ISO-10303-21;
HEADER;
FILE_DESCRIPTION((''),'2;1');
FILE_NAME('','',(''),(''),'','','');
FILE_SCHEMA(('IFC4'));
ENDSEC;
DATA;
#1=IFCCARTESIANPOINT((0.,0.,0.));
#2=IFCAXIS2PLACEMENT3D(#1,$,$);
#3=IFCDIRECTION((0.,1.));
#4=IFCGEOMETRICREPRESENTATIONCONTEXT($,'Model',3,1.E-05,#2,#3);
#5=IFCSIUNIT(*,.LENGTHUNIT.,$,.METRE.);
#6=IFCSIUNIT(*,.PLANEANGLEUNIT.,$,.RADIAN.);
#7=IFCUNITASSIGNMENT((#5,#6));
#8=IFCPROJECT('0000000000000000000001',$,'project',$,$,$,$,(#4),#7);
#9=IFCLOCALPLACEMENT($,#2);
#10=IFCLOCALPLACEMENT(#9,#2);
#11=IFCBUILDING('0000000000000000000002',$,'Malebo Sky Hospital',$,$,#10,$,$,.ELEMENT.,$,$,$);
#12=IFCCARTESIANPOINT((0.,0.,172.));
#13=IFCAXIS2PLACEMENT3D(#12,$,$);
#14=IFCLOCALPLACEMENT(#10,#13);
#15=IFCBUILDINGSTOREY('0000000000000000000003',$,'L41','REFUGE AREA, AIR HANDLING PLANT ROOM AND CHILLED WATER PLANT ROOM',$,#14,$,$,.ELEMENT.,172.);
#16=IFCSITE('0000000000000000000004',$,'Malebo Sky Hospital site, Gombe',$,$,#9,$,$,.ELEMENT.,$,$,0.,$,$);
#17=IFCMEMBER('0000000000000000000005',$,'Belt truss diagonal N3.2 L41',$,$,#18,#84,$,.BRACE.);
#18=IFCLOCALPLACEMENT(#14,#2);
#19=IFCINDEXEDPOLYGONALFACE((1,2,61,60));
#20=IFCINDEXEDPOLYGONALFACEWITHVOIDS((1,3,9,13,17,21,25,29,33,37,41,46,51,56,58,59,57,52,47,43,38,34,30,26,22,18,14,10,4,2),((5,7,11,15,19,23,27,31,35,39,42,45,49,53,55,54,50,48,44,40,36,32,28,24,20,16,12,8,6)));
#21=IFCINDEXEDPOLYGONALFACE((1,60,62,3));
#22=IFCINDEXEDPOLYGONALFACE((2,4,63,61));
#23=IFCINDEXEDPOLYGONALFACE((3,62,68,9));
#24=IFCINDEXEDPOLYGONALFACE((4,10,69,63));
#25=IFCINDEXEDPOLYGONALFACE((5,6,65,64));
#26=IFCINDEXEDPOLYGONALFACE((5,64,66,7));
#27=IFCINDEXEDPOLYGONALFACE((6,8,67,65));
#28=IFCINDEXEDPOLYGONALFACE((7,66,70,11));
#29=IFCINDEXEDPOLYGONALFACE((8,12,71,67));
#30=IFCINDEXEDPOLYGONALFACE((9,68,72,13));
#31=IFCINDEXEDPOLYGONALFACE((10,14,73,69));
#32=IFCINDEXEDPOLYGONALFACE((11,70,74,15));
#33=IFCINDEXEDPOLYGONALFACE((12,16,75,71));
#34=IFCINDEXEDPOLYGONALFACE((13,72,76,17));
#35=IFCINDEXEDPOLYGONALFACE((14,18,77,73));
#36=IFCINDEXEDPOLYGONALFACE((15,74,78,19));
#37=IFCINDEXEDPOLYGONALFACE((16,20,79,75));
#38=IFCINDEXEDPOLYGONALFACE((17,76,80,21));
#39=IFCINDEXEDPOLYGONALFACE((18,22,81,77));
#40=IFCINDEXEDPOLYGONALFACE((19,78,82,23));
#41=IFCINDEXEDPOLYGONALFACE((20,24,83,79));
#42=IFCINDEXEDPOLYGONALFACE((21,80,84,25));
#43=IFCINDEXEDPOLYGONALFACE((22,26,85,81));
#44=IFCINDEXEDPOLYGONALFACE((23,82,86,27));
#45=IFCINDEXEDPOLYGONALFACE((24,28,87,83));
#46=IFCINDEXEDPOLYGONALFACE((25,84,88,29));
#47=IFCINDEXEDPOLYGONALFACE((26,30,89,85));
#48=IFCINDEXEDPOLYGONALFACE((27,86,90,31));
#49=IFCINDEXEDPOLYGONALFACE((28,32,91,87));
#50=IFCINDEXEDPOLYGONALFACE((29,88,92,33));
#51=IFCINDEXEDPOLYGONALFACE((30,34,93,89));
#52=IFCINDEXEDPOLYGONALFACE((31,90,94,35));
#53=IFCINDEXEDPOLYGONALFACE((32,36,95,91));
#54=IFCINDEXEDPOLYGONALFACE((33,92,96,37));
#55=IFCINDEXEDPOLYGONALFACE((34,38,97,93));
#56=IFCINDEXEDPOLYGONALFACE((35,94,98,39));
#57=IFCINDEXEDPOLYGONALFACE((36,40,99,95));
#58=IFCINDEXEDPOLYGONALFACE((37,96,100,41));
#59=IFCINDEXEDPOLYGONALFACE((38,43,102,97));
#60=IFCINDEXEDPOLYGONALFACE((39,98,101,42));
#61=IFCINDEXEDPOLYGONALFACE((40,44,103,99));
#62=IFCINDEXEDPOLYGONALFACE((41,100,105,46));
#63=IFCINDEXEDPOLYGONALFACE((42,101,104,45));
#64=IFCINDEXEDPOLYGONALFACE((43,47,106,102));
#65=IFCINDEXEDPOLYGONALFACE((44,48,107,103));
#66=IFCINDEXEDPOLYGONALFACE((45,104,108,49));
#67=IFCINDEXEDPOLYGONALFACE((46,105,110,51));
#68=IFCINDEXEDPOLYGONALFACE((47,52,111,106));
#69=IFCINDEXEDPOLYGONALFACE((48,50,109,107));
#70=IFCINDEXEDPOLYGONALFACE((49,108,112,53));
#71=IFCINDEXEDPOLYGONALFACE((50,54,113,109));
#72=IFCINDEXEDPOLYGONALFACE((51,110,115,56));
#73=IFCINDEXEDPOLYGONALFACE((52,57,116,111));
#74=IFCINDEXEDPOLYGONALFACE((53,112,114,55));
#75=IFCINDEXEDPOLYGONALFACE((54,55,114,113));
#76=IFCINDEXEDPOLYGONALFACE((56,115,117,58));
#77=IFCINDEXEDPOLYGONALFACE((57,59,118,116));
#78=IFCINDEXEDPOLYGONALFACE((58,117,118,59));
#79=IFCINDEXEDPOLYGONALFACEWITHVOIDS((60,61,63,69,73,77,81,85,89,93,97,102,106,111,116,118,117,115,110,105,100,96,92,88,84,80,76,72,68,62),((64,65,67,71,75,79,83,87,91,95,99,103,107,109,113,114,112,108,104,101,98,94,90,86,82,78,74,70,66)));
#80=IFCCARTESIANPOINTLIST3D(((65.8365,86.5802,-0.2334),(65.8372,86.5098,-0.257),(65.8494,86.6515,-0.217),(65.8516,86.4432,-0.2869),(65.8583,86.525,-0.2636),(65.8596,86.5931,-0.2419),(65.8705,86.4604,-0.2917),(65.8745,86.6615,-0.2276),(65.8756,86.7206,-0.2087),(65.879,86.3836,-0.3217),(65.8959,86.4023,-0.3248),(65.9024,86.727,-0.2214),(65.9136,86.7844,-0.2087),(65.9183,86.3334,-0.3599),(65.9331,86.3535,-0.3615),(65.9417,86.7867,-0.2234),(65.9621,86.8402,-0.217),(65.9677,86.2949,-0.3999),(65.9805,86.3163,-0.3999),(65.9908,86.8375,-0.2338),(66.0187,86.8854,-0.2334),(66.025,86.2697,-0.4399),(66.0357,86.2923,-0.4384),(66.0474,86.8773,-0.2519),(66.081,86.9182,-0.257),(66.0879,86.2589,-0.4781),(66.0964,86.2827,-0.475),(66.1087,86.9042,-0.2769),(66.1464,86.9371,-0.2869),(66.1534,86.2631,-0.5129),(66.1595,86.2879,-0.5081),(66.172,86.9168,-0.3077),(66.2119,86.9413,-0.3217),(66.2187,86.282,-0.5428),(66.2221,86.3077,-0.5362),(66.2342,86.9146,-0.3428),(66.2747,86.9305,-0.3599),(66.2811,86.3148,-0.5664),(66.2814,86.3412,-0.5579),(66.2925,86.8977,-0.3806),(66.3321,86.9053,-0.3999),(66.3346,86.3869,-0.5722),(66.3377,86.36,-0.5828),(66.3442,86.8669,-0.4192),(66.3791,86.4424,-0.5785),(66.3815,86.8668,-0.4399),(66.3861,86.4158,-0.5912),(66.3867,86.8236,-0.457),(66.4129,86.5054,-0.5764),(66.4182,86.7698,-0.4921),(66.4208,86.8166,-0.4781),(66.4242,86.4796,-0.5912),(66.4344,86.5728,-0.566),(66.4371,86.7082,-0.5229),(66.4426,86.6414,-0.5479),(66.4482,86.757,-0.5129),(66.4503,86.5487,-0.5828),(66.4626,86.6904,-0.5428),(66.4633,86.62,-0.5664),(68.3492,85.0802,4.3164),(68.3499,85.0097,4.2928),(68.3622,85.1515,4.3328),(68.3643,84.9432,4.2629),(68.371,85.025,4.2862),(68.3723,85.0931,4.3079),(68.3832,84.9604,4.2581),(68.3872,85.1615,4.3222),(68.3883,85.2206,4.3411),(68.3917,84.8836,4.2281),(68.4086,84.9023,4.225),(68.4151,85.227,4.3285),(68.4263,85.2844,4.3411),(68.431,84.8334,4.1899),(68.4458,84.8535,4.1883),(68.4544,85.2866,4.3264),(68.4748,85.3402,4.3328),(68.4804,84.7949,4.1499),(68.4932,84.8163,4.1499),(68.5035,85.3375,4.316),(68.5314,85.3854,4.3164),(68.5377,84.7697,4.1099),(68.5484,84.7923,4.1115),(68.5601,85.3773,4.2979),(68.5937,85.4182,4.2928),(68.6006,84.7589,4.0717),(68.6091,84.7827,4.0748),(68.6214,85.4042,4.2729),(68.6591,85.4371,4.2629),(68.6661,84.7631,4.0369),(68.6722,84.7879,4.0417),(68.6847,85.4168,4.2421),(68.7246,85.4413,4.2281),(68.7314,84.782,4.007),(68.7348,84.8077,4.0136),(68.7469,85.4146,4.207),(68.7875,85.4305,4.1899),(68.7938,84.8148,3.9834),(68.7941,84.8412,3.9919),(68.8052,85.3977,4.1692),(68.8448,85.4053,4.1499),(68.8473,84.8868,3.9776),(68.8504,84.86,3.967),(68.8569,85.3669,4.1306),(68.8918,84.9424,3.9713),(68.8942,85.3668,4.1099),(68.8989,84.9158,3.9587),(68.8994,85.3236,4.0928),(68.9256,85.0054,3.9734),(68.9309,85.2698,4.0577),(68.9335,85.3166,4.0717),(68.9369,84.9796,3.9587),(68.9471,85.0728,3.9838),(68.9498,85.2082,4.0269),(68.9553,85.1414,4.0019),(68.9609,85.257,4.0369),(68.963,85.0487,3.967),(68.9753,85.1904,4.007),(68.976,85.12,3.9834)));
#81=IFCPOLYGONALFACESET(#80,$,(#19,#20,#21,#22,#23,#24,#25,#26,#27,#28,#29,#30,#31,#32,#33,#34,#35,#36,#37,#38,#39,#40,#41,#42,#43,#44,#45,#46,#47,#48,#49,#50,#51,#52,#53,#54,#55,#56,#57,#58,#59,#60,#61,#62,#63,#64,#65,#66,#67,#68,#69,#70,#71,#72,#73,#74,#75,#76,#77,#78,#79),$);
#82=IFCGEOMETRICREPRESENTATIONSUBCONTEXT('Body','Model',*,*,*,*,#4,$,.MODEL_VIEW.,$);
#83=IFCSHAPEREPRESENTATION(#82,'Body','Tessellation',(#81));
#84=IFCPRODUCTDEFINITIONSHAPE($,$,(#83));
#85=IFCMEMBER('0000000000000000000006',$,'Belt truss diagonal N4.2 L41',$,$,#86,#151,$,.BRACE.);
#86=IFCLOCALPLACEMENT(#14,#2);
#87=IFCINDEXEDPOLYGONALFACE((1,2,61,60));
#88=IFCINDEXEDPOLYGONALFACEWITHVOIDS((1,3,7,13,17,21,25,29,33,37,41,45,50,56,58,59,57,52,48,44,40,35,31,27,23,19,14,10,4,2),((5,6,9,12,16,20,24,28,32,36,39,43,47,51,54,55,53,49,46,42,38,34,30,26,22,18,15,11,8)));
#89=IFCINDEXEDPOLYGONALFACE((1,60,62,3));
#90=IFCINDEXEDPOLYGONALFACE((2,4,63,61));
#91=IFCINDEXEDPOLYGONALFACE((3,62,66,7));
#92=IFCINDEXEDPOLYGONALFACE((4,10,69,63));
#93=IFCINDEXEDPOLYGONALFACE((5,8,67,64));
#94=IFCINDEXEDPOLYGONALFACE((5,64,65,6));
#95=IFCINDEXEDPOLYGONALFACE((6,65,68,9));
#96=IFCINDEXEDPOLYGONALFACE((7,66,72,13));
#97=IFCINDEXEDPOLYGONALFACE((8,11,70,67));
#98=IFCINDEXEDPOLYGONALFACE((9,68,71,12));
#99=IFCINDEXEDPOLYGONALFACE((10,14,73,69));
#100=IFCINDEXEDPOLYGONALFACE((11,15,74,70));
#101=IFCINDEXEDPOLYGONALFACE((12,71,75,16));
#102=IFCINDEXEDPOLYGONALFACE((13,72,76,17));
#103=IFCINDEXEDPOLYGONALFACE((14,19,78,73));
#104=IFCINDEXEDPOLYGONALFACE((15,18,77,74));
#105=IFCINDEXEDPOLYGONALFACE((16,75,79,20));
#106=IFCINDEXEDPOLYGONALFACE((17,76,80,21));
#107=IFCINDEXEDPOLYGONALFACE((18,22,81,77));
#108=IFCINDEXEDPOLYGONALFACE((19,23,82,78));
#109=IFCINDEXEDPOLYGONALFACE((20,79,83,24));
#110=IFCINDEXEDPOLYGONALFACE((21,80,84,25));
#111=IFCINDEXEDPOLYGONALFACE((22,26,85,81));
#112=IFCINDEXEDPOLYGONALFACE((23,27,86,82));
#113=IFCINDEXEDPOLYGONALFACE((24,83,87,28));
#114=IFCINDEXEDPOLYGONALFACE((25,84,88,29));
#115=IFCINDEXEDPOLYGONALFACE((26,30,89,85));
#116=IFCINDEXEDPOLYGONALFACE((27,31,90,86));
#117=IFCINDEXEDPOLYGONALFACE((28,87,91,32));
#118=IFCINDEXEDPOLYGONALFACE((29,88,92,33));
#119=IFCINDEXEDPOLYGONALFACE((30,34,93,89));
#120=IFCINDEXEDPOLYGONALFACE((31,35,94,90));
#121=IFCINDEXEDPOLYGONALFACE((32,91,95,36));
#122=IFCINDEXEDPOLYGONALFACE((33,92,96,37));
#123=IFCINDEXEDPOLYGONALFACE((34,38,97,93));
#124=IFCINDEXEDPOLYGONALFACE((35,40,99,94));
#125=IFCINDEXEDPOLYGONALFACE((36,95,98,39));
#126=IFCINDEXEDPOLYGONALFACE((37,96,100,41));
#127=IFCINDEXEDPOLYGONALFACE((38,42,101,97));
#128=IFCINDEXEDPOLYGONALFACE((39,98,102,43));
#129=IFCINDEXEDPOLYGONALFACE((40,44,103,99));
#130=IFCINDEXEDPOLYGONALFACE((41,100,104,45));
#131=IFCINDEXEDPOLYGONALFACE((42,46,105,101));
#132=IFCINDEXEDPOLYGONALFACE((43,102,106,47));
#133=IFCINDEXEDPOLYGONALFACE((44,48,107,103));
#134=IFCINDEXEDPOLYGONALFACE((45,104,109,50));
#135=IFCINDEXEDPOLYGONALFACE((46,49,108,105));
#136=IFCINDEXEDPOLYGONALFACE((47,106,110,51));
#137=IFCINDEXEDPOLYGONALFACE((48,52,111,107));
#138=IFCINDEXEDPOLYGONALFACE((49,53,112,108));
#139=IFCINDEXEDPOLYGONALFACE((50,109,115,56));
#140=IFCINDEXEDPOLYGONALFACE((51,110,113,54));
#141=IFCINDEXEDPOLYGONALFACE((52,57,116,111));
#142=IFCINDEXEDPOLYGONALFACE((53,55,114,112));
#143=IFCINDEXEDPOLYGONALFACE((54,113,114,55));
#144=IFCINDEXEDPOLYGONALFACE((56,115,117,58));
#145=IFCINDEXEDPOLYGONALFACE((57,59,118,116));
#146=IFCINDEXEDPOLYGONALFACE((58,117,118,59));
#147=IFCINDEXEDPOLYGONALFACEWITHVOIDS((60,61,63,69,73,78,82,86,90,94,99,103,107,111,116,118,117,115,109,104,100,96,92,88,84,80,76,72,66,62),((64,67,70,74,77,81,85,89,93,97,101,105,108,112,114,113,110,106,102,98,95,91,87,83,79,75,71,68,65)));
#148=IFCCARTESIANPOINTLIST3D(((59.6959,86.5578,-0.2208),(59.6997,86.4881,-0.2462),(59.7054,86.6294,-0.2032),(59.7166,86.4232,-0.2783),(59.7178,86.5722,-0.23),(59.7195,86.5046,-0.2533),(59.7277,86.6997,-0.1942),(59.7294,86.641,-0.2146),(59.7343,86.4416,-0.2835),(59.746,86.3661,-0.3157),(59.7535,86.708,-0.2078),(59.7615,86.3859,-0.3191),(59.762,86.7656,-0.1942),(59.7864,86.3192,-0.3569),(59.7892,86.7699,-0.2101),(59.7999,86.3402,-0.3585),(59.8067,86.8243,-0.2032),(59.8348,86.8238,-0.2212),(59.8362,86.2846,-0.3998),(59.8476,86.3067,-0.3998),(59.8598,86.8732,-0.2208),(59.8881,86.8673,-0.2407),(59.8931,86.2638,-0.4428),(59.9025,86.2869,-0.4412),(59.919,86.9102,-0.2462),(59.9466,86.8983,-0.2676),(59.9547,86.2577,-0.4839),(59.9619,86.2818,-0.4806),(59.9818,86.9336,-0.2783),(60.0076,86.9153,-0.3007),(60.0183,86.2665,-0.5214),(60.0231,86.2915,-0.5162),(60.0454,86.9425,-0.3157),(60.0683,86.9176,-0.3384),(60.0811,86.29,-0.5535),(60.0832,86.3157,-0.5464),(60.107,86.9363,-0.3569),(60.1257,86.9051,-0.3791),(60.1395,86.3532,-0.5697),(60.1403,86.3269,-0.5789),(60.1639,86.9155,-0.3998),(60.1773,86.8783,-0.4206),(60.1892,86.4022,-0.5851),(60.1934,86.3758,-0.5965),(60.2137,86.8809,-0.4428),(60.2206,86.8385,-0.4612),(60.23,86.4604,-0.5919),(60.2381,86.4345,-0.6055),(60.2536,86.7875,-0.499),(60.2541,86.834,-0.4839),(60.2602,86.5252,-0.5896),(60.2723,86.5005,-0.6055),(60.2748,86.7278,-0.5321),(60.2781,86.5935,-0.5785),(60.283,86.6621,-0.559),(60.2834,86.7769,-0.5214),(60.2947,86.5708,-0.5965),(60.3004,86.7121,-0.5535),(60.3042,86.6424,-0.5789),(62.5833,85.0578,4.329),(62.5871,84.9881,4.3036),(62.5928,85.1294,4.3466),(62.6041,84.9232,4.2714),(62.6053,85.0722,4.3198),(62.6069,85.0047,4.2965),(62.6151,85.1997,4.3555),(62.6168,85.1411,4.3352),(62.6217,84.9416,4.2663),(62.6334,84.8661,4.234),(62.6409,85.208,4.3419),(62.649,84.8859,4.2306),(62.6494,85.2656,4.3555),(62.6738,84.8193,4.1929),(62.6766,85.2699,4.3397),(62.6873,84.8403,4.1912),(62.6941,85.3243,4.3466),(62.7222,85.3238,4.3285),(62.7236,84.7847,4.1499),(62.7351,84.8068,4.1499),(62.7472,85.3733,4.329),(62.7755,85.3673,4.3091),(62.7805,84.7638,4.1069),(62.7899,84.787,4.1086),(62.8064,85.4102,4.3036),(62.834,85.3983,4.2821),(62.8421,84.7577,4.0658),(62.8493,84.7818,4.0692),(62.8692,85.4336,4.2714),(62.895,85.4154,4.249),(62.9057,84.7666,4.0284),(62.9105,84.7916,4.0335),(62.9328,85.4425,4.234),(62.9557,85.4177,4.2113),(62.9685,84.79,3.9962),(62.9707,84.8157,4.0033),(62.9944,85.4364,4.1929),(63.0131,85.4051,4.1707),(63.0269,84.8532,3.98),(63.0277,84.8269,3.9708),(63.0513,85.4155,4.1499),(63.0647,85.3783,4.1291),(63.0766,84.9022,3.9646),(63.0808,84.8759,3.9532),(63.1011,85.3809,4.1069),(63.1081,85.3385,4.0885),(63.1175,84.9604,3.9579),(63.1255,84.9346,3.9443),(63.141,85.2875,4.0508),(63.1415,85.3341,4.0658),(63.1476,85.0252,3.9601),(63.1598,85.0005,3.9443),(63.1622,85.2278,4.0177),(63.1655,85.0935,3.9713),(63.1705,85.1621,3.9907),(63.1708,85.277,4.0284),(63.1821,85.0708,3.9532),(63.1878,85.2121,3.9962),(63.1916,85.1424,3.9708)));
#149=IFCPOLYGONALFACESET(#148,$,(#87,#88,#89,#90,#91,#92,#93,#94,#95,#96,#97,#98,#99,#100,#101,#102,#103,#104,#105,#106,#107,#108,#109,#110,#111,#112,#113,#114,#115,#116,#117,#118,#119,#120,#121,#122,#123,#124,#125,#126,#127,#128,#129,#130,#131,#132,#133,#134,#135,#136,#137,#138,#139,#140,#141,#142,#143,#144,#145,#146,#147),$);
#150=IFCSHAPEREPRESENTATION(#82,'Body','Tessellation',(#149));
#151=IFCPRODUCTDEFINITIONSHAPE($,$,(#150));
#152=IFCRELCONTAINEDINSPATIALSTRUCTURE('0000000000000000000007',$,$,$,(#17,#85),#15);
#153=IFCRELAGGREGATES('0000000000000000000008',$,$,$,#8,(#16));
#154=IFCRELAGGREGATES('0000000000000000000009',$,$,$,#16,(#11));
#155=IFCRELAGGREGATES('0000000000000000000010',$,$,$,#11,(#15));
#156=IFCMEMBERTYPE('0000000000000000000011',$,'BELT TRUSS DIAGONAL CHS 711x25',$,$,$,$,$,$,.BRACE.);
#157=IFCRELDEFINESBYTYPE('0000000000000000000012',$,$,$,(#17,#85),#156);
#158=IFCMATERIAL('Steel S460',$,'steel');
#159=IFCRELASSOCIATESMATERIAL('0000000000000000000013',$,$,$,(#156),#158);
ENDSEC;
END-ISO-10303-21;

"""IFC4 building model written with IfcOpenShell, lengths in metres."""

from ifc_helpers import new_model, si_unit, direction, frame, origin, origin_2d, place, context, subcontext, project, spatial, hollow_circle, extrude, material, material_profile, profile_set, type_object, element, save


model = new_model("IFC4")

# Units and contexts
model_context = context("Model", 3, precision=1e-05, world=origin(), true_north=direction((0.0, 1.0)))
body_context = subcontext(model_context, "Body", "Model", "MODEL_VIEW")
ifc_project = project(units=[si_unit("LENGTHUNIT", "METRE"), si_unit("PLANEANGLEUNIT", "RADIAN")], contexts=[model_context])

# Site, building, storey
site_placement = place(None, origin())
site = spatial("IfcSite", under=ifc_project, at=site_placement, Name="Malebo Sky Hospital site, Gombe", CompositionType="ELEMENT", RefElevation=0.0)
building_placement = place(site_placement, origin())
building = spatial("IfcBuilding", under=site, at=building_placement, Name="Malebo Sky Hospital", CompositionType="ELEMENT")
storey_placement = place(building_placement, frame((0.0, 0.0, 172.0)))
storey = spatial("IfcBuildingStorey", under=building, at=storey_placement, Name="L41", Description="REFUGE AREA, AIR HANDLING PLANT ROOM AND CHILLED WATER PLANT ROOM", CompositionType="ELEMENT", Elevation=172.0)

# Members
ifc_material_1 = material(Name="Steel S460", Category="steel")
ifc_material_profile_1 = material_profile(ifc_material_1, hollow_circle(Radius=0.3555, WallThickness=0.0249, at=origin_2d()), Name="CHS 711x25")
ifc_profile_set_1 = profile_set([ifc_material_profile_1], Name="Steel S460")
member_type_1 = type_object("IfcMemberType", Name="BELT TRUSS DIAGONAL CHS 711x25", PredefinedType="BRACE", material=ifc_profile_set_1)
member_1_placement = place(storey_placement, frame((68.6626, 85.1001, 4.1499), z_axis=(-0.464484, 0.277282, -0.841053), x_axis=(-0.512581, -0.858639, 0.0)))
element("IfcMember", 1, at=member_1_placement, inside=storey, type_object=member_type_1, Name="Belt truss diagonal N3.2 L41", PredefinedType="BRACE", context=body_context, shape_type="SweptSolid", body=[
    extrude(hollow_circle(Radius=0.3555, WallThickness=0.0249, at=origin_2d()), origin(), (0.0, 0.0, 1.0), 5.4097),
])
member_2_placement = place(storey_placement, frame((62.8875, 85.1001, 4.1499), z_axis=(-0.516208, 0.268165, -0.813398), x_axis=(-0.460996, -0.887402, 0.0)))
element("IfcMember", 2, at=member_2_placement, inside=storey, type_object=member_type_1, Name="Belt truss diagonal N4.2 L41", PredefinedType="BRACE", context=body_context, shape_type="SweptSolid", body=[
    extrude(hollow_circle(Radius=0.3555, WallThickness=0.0249, at=origin_2d()), origin(), (0.0, 0.0, 1.0), 5.5935),
])

save(model, "model.ifc")
